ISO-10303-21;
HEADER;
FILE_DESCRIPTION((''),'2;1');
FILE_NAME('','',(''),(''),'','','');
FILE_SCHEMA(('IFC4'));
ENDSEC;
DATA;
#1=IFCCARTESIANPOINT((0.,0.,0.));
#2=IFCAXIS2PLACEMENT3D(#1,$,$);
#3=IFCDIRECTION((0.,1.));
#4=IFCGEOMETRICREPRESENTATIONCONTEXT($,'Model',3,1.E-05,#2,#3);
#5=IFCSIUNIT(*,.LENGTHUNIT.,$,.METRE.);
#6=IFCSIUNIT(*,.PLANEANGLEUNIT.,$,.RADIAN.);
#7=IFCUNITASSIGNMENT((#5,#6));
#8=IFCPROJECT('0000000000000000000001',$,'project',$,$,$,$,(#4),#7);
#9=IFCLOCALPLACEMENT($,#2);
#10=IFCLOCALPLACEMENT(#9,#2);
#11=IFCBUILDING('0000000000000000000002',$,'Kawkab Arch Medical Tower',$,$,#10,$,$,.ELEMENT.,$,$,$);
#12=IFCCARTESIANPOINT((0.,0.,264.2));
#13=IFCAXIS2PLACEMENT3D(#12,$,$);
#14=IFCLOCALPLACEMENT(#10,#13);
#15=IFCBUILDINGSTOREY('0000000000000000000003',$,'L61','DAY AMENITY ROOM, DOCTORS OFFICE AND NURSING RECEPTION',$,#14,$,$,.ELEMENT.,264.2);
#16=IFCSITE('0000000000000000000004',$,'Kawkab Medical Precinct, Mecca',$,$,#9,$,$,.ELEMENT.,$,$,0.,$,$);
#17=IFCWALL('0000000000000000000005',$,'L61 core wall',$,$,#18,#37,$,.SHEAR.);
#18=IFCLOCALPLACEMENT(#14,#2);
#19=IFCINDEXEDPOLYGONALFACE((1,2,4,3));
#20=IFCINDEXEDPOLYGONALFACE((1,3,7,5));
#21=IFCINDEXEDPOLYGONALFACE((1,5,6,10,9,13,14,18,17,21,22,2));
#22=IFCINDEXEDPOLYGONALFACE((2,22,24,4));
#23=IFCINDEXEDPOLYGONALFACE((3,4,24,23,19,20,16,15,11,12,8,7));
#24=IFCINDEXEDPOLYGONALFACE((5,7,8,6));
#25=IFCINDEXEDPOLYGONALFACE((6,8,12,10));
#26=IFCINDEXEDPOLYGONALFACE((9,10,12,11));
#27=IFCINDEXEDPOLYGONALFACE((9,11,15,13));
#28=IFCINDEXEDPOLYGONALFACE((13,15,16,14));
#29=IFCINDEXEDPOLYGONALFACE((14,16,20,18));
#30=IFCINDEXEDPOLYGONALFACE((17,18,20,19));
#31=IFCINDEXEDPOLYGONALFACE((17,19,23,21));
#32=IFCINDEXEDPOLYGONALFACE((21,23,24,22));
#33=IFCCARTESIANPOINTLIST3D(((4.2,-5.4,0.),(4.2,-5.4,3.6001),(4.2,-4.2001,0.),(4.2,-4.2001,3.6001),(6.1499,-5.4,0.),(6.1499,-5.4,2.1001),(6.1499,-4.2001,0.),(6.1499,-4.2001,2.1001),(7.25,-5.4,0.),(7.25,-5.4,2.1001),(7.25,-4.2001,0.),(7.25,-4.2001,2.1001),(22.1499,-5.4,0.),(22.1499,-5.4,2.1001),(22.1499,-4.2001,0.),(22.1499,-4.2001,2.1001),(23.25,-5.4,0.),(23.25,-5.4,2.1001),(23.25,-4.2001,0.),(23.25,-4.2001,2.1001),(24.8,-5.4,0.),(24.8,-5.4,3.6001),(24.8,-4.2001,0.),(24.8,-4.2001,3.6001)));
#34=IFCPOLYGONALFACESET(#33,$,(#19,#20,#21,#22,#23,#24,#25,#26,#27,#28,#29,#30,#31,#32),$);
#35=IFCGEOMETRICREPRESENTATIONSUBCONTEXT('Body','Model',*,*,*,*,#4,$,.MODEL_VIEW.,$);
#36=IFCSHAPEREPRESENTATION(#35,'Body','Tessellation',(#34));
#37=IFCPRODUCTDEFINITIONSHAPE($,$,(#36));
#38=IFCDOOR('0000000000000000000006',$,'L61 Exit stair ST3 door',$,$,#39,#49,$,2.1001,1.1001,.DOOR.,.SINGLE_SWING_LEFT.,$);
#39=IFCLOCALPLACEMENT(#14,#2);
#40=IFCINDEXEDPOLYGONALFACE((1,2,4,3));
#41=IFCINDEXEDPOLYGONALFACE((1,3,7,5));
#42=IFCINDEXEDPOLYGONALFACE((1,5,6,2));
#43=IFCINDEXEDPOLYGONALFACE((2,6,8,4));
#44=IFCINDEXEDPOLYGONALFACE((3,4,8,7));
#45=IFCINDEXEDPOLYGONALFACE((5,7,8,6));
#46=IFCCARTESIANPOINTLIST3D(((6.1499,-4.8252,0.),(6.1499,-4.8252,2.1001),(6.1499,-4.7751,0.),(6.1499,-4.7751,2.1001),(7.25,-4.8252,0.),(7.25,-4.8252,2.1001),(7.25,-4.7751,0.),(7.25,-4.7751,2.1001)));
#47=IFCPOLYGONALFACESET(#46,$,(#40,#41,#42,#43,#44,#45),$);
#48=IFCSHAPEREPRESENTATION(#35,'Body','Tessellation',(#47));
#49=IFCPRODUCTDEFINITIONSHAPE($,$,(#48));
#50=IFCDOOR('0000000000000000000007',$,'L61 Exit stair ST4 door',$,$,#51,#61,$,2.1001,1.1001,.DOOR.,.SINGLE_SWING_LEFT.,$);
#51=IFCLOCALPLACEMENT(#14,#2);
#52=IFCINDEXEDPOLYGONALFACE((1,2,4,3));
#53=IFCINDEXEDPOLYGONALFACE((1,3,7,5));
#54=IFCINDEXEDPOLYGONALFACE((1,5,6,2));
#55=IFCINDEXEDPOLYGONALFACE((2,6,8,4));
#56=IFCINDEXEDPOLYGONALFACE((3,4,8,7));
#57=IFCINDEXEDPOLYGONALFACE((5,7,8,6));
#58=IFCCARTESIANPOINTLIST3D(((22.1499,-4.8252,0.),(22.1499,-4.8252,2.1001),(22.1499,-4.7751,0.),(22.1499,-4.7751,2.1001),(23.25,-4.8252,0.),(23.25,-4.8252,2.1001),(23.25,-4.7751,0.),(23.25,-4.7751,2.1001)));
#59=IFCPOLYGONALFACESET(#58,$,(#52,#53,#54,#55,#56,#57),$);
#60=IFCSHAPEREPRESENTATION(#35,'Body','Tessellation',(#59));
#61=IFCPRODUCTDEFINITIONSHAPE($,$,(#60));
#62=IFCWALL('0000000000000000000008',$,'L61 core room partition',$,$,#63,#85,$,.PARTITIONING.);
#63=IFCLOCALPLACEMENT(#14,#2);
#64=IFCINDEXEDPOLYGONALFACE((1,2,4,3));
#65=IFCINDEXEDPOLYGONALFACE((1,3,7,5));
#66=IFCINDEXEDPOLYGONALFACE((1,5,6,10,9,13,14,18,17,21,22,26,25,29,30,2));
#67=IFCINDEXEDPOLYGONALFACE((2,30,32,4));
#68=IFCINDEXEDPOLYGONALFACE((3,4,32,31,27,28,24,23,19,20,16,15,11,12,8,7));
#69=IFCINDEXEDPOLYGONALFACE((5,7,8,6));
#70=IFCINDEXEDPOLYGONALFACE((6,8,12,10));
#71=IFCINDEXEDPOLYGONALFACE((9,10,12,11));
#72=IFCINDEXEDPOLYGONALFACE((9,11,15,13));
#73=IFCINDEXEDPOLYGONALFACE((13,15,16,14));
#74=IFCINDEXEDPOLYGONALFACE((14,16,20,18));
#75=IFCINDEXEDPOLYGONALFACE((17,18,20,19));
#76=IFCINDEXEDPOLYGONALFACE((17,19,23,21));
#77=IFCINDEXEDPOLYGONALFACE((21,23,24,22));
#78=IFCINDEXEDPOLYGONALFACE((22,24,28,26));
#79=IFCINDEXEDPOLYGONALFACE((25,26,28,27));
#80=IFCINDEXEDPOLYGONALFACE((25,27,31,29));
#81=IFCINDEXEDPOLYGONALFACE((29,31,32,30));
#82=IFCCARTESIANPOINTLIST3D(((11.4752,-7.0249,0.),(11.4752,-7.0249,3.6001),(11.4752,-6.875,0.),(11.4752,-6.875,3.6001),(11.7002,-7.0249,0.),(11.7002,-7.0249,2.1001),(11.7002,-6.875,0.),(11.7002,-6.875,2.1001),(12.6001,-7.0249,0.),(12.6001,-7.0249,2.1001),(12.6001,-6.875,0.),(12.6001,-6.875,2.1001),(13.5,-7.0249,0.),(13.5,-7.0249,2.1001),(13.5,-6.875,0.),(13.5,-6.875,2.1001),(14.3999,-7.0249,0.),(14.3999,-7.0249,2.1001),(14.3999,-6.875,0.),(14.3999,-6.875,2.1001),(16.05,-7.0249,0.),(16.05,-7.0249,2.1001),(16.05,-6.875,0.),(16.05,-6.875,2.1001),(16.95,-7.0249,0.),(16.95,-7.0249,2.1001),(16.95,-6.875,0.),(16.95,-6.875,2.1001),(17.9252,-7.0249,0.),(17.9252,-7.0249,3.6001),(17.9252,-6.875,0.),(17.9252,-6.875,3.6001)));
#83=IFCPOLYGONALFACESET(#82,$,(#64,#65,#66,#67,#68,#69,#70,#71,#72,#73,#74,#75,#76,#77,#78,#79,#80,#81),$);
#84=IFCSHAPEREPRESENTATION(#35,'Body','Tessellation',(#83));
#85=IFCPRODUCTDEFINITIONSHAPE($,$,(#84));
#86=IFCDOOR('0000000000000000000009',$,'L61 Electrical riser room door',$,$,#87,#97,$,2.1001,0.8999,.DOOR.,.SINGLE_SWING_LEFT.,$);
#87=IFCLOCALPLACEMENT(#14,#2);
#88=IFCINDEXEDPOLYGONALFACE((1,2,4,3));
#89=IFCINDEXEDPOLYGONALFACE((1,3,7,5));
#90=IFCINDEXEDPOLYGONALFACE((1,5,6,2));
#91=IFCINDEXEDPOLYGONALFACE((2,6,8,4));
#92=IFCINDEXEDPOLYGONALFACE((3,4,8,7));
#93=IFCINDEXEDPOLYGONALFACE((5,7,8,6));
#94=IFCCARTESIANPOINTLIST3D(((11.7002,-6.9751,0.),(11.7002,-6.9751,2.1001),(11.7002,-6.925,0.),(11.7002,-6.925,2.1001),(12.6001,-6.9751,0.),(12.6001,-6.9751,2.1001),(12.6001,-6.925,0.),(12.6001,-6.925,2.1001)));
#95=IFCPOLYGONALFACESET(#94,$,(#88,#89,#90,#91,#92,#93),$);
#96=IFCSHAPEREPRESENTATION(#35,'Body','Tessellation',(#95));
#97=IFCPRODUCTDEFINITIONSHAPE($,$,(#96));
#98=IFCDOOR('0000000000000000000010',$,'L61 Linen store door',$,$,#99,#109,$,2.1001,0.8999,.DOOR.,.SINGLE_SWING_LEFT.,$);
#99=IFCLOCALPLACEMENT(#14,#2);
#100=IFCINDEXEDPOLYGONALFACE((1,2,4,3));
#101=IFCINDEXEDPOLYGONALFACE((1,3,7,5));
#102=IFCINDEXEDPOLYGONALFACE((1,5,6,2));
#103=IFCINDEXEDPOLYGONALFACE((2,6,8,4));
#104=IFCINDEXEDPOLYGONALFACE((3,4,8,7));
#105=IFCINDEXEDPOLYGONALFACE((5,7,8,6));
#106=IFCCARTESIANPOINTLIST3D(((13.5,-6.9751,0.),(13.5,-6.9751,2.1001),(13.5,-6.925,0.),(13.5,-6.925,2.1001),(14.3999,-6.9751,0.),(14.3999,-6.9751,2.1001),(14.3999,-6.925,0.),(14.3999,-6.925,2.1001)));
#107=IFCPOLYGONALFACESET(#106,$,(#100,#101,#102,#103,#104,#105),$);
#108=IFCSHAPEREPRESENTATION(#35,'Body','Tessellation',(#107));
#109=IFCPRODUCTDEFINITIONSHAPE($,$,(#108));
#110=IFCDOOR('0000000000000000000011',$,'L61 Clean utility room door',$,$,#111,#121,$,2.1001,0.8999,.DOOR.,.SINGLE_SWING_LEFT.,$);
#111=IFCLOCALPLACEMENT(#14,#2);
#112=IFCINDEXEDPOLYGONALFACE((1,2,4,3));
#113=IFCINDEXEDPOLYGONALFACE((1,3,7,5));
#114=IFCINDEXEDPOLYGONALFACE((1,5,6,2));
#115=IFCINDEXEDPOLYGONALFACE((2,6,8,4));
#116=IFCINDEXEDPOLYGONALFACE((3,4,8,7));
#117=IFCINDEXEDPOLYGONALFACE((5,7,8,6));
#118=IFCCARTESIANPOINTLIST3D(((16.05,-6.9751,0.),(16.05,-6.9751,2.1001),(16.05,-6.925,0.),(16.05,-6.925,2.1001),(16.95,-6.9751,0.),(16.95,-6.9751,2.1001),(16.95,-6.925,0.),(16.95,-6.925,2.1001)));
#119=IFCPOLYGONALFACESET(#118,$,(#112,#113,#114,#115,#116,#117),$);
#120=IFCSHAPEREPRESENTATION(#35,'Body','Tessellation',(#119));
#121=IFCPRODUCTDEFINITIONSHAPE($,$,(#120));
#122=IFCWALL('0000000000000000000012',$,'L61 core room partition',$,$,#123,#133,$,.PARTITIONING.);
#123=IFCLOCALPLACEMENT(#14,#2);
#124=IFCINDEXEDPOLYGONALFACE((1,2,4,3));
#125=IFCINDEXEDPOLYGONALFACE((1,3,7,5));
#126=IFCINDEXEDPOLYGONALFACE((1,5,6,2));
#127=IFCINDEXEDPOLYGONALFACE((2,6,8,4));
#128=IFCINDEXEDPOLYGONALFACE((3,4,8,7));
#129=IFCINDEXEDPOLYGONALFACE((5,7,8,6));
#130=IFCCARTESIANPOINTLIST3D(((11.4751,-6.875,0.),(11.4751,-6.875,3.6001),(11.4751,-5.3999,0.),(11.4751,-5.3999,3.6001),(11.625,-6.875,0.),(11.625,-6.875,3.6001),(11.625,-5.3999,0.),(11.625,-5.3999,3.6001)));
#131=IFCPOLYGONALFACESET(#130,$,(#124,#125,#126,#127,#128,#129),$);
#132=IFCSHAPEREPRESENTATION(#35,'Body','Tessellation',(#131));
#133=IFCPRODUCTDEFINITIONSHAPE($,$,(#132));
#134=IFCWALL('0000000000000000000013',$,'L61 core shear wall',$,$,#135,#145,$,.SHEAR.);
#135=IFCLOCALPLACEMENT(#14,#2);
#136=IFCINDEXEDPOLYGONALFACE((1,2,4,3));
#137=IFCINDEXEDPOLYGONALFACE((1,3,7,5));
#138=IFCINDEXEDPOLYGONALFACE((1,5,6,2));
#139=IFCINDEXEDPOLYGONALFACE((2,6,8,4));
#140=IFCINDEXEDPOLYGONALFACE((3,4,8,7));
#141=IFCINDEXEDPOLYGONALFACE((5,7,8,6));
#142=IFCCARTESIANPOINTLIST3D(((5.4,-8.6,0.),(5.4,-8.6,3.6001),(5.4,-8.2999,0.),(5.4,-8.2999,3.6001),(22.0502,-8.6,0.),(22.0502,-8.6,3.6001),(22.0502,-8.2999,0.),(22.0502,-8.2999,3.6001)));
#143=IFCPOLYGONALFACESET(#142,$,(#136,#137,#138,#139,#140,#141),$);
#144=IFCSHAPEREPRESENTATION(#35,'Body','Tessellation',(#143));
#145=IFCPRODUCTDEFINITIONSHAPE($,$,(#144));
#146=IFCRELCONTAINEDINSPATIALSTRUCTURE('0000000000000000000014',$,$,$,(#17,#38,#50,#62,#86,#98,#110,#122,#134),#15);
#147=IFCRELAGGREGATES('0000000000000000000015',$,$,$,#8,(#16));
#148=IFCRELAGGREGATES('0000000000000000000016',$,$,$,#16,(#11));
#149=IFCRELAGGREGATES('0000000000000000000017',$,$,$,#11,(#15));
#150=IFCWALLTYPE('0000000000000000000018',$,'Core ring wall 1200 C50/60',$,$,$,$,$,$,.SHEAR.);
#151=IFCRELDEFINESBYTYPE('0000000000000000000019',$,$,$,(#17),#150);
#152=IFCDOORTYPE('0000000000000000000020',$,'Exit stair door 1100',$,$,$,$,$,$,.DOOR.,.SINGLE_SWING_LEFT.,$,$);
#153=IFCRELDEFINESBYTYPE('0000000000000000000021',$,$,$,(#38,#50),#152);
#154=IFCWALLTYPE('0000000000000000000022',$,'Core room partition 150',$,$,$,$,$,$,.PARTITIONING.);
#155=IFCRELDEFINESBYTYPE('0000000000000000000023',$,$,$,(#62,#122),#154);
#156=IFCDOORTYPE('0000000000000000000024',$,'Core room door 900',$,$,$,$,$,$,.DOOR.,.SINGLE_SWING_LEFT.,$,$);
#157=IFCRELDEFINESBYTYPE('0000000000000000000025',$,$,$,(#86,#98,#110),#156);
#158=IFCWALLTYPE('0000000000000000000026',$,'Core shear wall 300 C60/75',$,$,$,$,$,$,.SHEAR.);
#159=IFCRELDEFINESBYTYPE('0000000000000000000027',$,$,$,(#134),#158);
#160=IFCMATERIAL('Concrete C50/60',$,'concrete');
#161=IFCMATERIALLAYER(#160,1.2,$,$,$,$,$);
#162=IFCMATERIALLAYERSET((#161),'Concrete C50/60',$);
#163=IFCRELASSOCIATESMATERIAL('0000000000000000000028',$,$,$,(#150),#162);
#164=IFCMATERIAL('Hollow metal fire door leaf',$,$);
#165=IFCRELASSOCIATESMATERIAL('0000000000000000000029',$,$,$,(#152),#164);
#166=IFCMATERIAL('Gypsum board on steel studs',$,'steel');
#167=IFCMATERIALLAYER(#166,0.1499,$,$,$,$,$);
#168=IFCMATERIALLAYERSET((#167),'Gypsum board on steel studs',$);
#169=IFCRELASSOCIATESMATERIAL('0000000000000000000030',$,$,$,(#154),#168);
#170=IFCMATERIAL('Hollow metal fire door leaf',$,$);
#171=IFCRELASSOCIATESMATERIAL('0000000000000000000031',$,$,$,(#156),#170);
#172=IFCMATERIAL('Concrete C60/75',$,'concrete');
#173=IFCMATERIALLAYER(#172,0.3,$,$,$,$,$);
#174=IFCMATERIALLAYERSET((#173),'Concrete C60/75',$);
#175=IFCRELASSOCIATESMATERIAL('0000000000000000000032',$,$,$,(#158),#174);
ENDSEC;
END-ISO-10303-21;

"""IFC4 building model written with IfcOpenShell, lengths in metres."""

from ifc_helpers import new_model, si_unit, direction, frame, frame_2d, origin, place, context, subcontext, project, spatial, rectangle, extrude, material, layer, layer_set, type_object, element, fill, save


model = new_model("IFC4")

# Units and contexts
model_context = context("Model", 3, precision=1e-05, world=origin(), true_north=direction((0.0, 1.0)))
body_context = subcontext(model_context, "Body", "Model", "MODEL_VIEW")
ifc_project = project(units=[si_unit("LENGTHUNIT", "METRE"), si_unit("PLANEANGLEUNIT", "RADIAN")], contexts=[model_context])

# Site, building, storey
site_placement = place(None, origin())
site = spatial("IfcSite", under=ifc_project, at=site_placement, Name="Kawkab Medical Precinct, Mecca", CompositionType="ELEMENT", RefElevation=0.0)
building_placement = place(site_placement, origin())
building = spatial("IfcBuilding", under=site, at=building_placement, Name="Kawkab Arch Medical Tower", CompositionType="ELEMENT")
storey_placement = place(building_placement, frame((0.0, 0.0, 264.2)))
storey = spatial("IfcBuildingStorey", under=building, at=storey_placement, Name="L61", Description="DAY AMENITY ROOM, DOCTORS OFFICE AND NURSING RECEPTION", CompositionType="ELEMENT", Elevation=264.2)

# Walls, openings, doors
ifc_material_1 = material(Name="Concrete C50/60", Category="concrete")
ifc_layer_1 = layer(ifc_material_1, 1.2)
ifc_layer_set_1 = layer_set([ifc_layer_1], Name="Concrete C50/60")
wall_type_1 = type_object("IfcWallType", Name="Core ring wall 1200 C50/60", PredefinedType="SHEAR", material=ifc_layer_set_1)
wall_1_placement = place(storey_placement, frame((4.2, -4.8, 0.0), z_axis=(0.0, 0.0, 1.0), x_axis=(1.0, 0.0, 0.0)))
wall_1 = element("IfcWall", 1, at=wall_1_placement, inside=storey, type_object=wall_type_1, Name="L61 core wall", PredefinedType="SHEAR", context=body_context, shape_type="SweptSolid", body=[
    extrude(rectangle(XDim=20.6001, YDim=1.2, at=frame_2d((10.3, 0.0))), origin(), (0.0, 0.0, 1.0), 3.6001),
])
opening_1_placement = place(wall_1_placement, frame((1.95, 0.0, 0.0)))
opening_1 = element("IfcOpeningElement", 2, at=opening_1_placement, cuts=wall_1, PredefinedType="OPENING", context=body_context, shape_type="SweptSolid", body=[
    extrude(rectangle(XDim=1.1001, YDim=2.1001, at=frame_2d((0.55, 1.05))), frame((0.0, 0.6099, 0.0), z_axis=(0.0, -1.0, 0.0), x_axis=(1.0, 0.0, 0.0)), (0.0, 0.0, 1.0), 1.22),
])
opening_2_placement = place(wall_1_placement, frame((17.95, 0.0, 0.0)))
opening_2 = element("IfcOpeningElement", 3, at=opening_2_placement, cuts=wall_1, PredefinedType="OPENING", context=body_context, shape_type="SweptSolid", body=[
    extrude(rectangle(XDim=1.1001, YDim=2.1001, at=frame_2d((0.55, 1.05))), frame((0.0, 0.6099, 0.0), z_axis=(0.0, -1.0, 0.0), x_axis=(1.0, 0.0, 0.0)), (0.0, 0.0, 1.0), 1.22),
])
ifc_material_2 = material(Name="Hollow metal fire door leaf")
door_type_1 = type_object("IfcDoorType", Name="Exit stair door 1100", OperationType="SINGLE_SWING_LEFT", PredefinedType="DOOR", material=ifc_material_2)
door_1_placement = place(opening_1_placement, origin())
door_1 = element("IfcDoor", 4, at=door_1_placement, inside=storey, type_object=door_type_1, Name="L61 Exit stair ST3 door", OperationType="SINGLE_SWING_LEFT", OverallHeight=2.1001, OverallWidth=1.1001, PredefinedType="DOOR", context=body_context, shape_type="SweptSolid", body=[
    extrude(rectangle(XDim=1.1001, YDim=2.1001, at=frame_2d((0.55, 1.05))), frame((0.0, 0.0249, 0.0), z_axis=(0.0, -1.0, 0.0), x_axis=(1.0, 0.0, 0.0)), (0.0, 0.0, 1.0), 0.05),
])
fill(opening_1, door_1)
door_2_placement = place(opening_2_placement, origin())
door_2 = element("IfcDoor", 5, at=door_2_placement, inside=storey, type_object=door_type_1, Name="L61 Exit stair ST4 door", OperationType="SINGLE_SWING_LEFT", OverallHeight=2.1001, OverallWidth=1.1001, PredefinedType="DOOR", context=body_context, shape_type="SweptSolid", body=[
    extrude(rectangle(XDim=1.1001, YDim=2.1001, at=frame_2d((0.55, 1.05))), frame((0.0, 0.0249, 0.0), z_axis=(0.0, -1.0, 0.0), x_axis=(1.0, 0.0, 0.0)), (0.0, 0.0, 1.0), 0.05),
])
fill(opening_2, door_2)
ifc_material_3 = material(Name="Gypsum board on steel studs", Category="steel")
ifc_layer_2 = layer(ifc_material_3, 0.1499)
ifc_layer_set_2 = layer_set([ifc_layer_2], Name="Gypsum board on steel studs")
wall_type_2 = type_object("IfcWallType", Name="Core room partition 150", PredefinedType="PARTITIONING", material=ifc_layer_set_2)
wall_2_placement = place(storey_placement, frame((11.4751, -6.95, 0.0), z_axis=(0.0, 0.0, 1.0), x_axis=(1.0, 0.0, 0.0)))
wall_2 = element("IfcWall", 6, at=wall_2_placement, inside=storey, type_object=wall_type_2, Name="L61 core room partition", PredefinedType="PARTITIONING", context=body_context, shape_type="SweptSolid", body=[
    extrude(rectangle(XDim=6.45, YDim=0.1499, at=frame_2d((3.2251, 0.0))), origin(), (0.0, 0.0, 1.0), 3.6001),
])
opening_3_placement = place(wall_2_placement, frame((0.2251, 0.0, 0.0)))
opening_3 = element("IfcOpeningElement", 7, at=opening_3_placement, cuts=wall_2, PredefinedType="OPENING", context=body_context, shape_type="SweptSolid", body=[
    extrude(rectangle(XDim=0.8999, YDim=2.1001, at=frame_2d((0.45, 1.05))), frame((0.0, 0.085, 0.0), z_axis=(0.0, -1.0, 0.0), x_axis=(1.0, 0.0, 0.0)), (0.0, 0.0, 1.0), 0.1699),
])
opening_4_placement = place(wall_2_placement, frame((2.0249, 0.0, 0.0)))
opening_4 = element("IfcOpeningElement", 8, at=opening_4_placement, cuts=wall_2, PredefinedType="OPENING", context=body_context, shape_type="SweptSolid", body=[
    extrude(rectangle(XDim=0.8999, YDim=2.1001, at=frame_2d((0.45, 1.05))), frame((0.0, 0.085, 0.0), z_axis=(0.0, -1.0, 0.0), x_axis=(1.0, 0.0, 0.0)), (0.0, 0.0, 1.0), 0.1699),
])
opening_5_placement = place(wall_2_placement, frame((4.575, 0.0, 0.0)))
opening_5 = element("IfcOpeningElement", 9, at=opening_5_placement, cuts=wall_2, PredefinedType="OPENING", context=body_context, shape_type="SweptSolid", body=[
    extrude(rectangle(XDim=0.8999, YDim=2.1001, at=frame_2d((0.45, 1.05))), frame((0.0, 0.085, 0.0), z_axis=(0.0, -1.0, 0.0), x_axis=(1.0, 0.0, 0.0)), (0.0, 0.0, 1.0), 0.1699),
])
ifc_material_4 = material(Name="Hollow metal fire door leaf")
door_type_2 = type_object("IfcDoorType", Name="Core room door 900", OperationType="SINGLE_SWING_LEFT", PredefinedType="DOOR", material=ifc_material_4)
door_3_placement = place(opening_3_placement, origin())
door_3 = element("IfcDoor", 10, at=door_3_placement, inside=storey, type_object=door_type_2, Name="L61 Electrical riser room door", OperationType="SINGLE_SWING_LEFT", OverallHeight=2.1001, OverallWidth=0.8999, PredefinedType="DOOR", context=body_context, shape_type="SweptSolid", body=[
    extrude(rectangle(XDim=0.8999, YDim=2.1001, at=frame_2d((0.45, 1.05))), frame((0.0, 0.0249, 0.0), z_axis=(0.0, -1.0, 0.0), x_axis=(1.0, 0.0, 0.0)), (0.0, 0.0, 1.0), 0.05),
])
fill(opening_3, door_3)
door_4_placement = place(opening_4_placement, origin())
door_4 = element("IfcDoor", 11, at=door_4_placement, inside=storey, type_object=door_type_2, Name="L61 Linen store door", OperationType="SINGLE_SWING_LEFT", OverallHeight=2.1001, OverallWidth=0.8999, PredefinedType="DOOR", context=body_context, shape_type="SweptSolid", body=[
    extrude(rectangle(XDim=0.8999, YDim=2.1001, at=frame_2d((0.45, 1.05))), frame((0.0, 0.0249, 0.0), z_axis=(0.0, -1.0, 0.0), x_axis=(1.0, 0.0, 0.0)), (0.0, 0.0, 1.0), 0.05),
])
fill(opening_4, door_4)
door_5_placement = place(opening_5_placement, origin())
door_5 = element("IfcDoor", 12, at=door_5_placement, inside=storey, type_object=door_type_2, Name="L61 Clean utility room door", OperationType="SINGLE_SWING_LEFT", OverallHeight=2.1001, OverallWidth=0.8999, PredefinedType="DOOR", context=body_context, shape_type="SweptSolid", body=[
    extrude(rectangle(XDim=0.8999, YDim=2.1001, at=frame_2d((0.45, 1.05))), frame((0.0, 0.0249, 0.0), z_axis=(0.0, -1.0, 0.0), x_axis=(1.0, 0.0, 0.0)), (0.0, 0.0, 1.0), 0.05),
])
fill(opening_5, door_5)

# Walls
wall_3_placement = place(storey_placement, frame((11.55, -6.875, 0.0), z_axis=(0.0, 0.0, 1.0), x_axis=(0.0, 1.0, 0.0)))
element("IfcWall", 13, at=wall_3_placement, inside=storey, type_object=wall_type_2, Name="L61 core room partition", PredefinedType="PARTITIONING", context=body_context, shape_type="SweptSolid", body=[
    extrude(rectangle(XDim=1.4751, YDim=0.1499, at=frame_2d((0.7375, 0.0))), origin(), (0.0, 0.0, 1.0), 3.6001),
])
ifc_material_5 = material(Name="Concrete C60/75", Category="concrete")
ifc_layer_3 = layer(ifc_material_5, 0.3)
ifc_layer_set_3 = layer_set([ifc_layer_3], Name="Concrete C60/75")
wall_type_3 = type_object("IfcWallType", Name="Core shear wall 300 C60/75", PredefinedType="SHEAR", material=ifc_layer_set_3)
wall_4_placement = place(storey_placement, frame((5.3999, -8.45, 0.0), z_axis=(0.0, 0.0, 1.0), x_axis=(1.0, 0.0, 0.0)))
element("IfcWall", 14, at=wall_4_placement, inside=storey, type_object=wall_type_3, Name="L61 core shear wall", PredefinedType="SHEAR", context=body_context, shape_type="SweptSolid", body=[
    extrude(rectangle(XDim=16.6501, YDim=0.3, at=frame_2d((8.3252, 0.0))), origin(), (0.0, 0.0, 1.0), 3.6001),
])

save(model, "model.ifc")
